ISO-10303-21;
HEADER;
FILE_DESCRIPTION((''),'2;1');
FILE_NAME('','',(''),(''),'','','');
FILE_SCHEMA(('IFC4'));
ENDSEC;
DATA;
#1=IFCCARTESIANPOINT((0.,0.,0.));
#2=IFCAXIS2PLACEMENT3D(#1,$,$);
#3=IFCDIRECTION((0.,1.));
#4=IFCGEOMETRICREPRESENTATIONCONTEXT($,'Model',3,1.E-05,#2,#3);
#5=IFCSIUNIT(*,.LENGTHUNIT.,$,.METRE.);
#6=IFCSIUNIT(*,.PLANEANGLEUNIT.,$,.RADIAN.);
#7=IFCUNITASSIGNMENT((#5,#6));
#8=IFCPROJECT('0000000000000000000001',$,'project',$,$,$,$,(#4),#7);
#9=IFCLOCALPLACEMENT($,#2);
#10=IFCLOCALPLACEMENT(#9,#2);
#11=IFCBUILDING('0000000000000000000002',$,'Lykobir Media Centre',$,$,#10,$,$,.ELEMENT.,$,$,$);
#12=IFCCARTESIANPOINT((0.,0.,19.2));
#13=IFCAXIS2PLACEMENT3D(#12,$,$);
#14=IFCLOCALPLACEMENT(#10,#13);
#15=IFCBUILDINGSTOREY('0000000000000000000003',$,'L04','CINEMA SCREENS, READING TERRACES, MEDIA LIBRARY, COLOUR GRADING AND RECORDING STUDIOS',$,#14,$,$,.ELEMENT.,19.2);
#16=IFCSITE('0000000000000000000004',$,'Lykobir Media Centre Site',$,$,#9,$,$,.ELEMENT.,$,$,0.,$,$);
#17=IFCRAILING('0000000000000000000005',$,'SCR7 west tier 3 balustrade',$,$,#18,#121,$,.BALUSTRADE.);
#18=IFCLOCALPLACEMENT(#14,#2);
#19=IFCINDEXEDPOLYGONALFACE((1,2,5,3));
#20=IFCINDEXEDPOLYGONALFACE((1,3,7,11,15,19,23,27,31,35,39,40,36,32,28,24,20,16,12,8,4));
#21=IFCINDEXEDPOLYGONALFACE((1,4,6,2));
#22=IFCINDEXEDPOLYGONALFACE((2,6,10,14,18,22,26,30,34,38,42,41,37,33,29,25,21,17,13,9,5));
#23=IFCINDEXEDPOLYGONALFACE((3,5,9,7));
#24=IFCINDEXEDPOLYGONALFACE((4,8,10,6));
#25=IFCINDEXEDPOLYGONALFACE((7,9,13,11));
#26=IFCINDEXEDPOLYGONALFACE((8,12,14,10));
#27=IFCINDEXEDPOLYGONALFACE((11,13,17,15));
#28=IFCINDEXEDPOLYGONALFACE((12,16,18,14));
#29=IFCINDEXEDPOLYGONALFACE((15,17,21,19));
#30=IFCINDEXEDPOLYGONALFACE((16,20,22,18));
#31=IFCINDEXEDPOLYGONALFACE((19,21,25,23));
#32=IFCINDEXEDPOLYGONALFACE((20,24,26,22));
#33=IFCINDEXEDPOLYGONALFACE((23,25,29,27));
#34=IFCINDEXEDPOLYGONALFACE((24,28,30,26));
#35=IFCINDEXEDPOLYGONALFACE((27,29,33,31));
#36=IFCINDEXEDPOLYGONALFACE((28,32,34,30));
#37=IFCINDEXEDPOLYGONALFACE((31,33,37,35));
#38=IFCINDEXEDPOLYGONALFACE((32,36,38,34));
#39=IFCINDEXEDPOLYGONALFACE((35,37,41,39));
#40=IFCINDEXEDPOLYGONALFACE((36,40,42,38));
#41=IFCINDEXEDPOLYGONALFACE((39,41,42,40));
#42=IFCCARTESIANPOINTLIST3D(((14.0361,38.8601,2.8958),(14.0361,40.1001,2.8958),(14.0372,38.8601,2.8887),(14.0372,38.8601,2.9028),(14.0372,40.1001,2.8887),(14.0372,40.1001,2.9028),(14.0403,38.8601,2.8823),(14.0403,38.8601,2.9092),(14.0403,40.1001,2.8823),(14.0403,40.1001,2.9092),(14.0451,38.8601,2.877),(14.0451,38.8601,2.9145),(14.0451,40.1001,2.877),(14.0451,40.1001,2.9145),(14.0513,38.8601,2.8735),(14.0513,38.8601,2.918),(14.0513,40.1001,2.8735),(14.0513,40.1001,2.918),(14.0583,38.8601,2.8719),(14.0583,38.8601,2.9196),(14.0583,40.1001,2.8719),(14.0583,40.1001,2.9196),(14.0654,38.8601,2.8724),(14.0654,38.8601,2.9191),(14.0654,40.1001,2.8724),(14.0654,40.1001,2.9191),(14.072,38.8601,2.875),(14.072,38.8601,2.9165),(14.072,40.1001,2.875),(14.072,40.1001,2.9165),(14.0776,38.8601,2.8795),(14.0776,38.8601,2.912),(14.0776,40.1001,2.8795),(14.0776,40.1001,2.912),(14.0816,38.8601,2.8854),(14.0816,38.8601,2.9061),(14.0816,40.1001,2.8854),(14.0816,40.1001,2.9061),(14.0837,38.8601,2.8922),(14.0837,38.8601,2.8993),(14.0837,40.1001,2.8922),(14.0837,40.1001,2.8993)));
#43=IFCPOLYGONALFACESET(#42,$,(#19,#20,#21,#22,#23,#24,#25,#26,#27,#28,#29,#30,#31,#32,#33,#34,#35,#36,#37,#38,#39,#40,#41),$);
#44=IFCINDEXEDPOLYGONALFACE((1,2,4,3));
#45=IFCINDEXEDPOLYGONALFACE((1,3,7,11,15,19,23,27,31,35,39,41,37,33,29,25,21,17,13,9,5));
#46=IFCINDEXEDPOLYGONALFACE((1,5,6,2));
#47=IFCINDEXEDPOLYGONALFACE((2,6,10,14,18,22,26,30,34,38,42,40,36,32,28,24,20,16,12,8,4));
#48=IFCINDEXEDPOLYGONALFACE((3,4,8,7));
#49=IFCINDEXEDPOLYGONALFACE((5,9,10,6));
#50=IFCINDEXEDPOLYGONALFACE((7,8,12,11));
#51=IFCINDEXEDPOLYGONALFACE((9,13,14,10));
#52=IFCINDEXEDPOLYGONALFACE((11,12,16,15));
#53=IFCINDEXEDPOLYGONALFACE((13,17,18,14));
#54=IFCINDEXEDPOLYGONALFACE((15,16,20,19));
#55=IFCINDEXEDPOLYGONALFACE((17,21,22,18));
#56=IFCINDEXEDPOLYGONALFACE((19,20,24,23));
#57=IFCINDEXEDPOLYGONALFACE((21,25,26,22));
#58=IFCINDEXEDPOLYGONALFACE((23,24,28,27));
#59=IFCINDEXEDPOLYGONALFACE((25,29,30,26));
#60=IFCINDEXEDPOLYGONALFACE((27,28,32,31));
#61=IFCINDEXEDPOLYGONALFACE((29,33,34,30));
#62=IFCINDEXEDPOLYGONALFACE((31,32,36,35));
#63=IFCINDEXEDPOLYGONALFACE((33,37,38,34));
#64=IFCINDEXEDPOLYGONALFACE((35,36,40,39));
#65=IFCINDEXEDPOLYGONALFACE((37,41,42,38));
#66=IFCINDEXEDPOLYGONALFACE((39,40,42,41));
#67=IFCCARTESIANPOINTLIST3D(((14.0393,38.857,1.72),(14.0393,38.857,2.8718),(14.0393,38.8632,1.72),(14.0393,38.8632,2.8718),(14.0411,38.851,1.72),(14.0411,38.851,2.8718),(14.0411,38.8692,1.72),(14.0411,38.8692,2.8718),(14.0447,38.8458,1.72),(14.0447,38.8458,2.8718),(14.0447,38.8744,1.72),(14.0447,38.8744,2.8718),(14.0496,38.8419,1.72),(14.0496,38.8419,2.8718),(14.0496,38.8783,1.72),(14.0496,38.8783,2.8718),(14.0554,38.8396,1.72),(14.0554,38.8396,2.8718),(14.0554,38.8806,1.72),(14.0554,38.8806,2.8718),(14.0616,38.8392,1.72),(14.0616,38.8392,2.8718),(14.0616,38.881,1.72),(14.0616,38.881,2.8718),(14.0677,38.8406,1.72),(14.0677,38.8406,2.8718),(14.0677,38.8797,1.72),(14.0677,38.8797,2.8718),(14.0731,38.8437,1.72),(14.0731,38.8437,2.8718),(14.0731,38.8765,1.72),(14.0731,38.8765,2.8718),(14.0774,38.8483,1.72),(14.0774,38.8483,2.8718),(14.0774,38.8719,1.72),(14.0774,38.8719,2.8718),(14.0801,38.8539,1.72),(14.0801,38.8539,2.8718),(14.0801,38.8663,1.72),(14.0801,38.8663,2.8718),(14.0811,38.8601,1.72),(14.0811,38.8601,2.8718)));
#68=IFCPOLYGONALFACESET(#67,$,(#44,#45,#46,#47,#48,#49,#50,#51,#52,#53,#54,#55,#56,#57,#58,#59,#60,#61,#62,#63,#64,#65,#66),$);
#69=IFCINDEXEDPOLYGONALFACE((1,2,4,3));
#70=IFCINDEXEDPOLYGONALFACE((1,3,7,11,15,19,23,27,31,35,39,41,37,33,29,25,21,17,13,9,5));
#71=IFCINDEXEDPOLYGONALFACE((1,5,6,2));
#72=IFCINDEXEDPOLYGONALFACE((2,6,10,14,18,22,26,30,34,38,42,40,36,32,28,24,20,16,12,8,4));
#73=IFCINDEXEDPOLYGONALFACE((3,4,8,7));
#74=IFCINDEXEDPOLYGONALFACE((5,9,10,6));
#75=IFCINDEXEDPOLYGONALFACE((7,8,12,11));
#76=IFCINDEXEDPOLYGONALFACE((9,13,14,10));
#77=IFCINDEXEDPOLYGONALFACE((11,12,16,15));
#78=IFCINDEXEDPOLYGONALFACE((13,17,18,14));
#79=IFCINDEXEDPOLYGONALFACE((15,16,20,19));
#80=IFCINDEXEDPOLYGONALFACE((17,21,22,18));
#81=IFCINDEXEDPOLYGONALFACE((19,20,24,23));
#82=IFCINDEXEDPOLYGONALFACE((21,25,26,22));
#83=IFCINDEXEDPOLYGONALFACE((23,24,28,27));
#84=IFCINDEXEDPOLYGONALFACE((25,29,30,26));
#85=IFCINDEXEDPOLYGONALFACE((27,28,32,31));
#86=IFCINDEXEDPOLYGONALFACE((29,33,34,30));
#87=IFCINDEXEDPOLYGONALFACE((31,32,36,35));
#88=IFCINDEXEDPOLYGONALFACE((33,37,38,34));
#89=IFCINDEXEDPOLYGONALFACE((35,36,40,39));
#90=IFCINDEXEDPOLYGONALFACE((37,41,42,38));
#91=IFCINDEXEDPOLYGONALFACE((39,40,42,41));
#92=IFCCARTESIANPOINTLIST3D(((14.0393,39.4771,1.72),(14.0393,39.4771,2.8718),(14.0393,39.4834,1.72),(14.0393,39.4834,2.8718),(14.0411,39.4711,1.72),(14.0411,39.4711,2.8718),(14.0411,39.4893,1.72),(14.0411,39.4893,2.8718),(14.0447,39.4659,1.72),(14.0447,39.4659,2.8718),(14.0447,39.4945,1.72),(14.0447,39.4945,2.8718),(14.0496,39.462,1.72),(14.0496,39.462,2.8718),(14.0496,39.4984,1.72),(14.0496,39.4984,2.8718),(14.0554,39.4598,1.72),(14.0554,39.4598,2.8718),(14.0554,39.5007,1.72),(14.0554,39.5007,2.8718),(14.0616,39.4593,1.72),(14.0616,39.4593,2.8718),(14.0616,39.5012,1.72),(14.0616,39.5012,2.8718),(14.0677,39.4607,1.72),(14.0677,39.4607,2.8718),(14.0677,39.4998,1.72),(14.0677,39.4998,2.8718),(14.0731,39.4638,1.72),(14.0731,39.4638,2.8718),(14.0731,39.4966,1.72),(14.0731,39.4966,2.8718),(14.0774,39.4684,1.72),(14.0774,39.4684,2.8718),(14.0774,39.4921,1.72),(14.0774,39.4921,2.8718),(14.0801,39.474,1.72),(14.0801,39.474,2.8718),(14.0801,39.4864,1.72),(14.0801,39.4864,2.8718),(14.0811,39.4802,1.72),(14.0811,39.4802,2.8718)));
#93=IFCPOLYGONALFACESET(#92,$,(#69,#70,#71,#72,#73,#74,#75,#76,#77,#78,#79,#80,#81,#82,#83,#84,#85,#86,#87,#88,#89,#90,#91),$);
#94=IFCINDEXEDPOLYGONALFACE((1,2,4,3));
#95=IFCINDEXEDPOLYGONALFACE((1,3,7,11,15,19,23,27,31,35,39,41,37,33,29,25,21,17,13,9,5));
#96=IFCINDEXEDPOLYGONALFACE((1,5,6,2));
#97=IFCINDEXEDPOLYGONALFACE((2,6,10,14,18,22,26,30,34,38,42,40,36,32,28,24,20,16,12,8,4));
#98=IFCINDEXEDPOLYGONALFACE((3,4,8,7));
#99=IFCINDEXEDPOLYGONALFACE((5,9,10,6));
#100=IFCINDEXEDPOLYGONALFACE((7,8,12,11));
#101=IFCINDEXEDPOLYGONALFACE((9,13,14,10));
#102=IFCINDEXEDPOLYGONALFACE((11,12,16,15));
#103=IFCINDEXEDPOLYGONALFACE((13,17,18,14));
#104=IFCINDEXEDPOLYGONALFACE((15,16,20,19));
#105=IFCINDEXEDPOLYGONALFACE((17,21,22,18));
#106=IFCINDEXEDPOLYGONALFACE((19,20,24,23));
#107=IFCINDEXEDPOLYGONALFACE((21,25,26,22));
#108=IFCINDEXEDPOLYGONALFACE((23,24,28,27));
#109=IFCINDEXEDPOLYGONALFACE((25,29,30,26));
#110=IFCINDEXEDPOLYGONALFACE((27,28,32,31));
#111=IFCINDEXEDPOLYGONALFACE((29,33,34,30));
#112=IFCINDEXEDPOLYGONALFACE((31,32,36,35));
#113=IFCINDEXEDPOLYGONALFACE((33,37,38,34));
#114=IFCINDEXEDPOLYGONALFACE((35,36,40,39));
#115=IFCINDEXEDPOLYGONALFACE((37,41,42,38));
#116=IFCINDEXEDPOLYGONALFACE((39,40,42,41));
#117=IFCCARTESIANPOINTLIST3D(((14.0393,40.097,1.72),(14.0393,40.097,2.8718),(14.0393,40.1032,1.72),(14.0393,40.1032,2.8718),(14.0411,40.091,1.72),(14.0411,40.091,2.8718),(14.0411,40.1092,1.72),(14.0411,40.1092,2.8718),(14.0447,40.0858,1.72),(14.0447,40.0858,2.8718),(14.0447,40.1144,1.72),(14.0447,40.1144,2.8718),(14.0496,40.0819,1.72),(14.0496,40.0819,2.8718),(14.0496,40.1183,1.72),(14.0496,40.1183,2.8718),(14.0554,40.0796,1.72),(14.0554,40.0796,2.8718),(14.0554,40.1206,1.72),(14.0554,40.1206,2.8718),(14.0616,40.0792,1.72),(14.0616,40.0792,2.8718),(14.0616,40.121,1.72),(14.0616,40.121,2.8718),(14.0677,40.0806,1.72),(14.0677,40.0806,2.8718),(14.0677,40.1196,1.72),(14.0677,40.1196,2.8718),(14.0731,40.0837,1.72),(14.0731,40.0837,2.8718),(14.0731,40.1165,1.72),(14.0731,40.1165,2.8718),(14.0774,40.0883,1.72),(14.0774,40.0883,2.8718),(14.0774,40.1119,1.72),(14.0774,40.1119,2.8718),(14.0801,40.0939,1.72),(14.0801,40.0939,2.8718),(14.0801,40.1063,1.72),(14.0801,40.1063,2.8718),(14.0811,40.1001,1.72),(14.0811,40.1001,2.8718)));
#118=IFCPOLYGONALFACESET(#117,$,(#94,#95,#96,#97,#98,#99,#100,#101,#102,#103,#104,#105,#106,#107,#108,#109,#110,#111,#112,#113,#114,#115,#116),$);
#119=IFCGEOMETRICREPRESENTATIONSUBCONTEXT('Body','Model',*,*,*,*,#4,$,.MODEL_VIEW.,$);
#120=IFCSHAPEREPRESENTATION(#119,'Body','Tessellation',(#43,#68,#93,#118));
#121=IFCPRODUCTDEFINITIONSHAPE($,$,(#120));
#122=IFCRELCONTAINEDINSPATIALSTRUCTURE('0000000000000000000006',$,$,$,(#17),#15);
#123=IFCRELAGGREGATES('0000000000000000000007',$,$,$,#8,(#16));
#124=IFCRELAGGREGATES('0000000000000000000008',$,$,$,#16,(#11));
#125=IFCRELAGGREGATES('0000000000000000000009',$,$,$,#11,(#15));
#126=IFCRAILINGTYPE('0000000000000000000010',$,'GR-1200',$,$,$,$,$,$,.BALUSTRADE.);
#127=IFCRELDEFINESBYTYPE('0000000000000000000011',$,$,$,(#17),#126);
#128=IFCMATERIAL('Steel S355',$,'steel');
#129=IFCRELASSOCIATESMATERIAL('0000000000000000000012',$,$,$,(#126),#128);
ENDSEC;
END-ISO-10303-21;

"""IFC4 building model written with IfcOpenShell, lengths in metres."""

from ifc_helpers import new_model, si_unit, direction, frame, origin, origin_2d, place, context, subcontext, project, spatial, circle, extrude, material, type_object, element, save


model = new_model("IFC4")

# Units and contexts
model_context = context("Model", 3, precision=1e-05, world=origin(), true_north=direction((0.0, 1.0)))
body_context = subcontext(model_context, "Body", "Model", "MODEL_VIEW")
ifc_project = project(units=[si_unit("LENGTHUNIT", "METRE"), si_unit("PLANEANGLEUNIT", "RADIAN")], contexts=[model_context])

# Site, building, storey
site_placement = place(None, origin())
site = spatial("IfcSite", under=ifc_project, at=site_placement, Name="Lykobir Media Centre Site", CompositionType="ELEMENT", RefElevation=0.0)
building_placement = place(site_placement, origin())
building = spatial("IfcBuilding", under=site, at=building_placement, Name="Lykobir Media Centre", CompositionType="ELEMENT")
storey_placement = place(building_placement, frame((0.0, 0.0, 19.2)))
storey = spatial("IfcBuildingStorey", under=building, at=storey_placement, Name="L04", Description="CINEMA SCREENS, READING TERRACES, MEDIA LIBRARY, COLOUR GRADING AND RECORDING STUDIOS", CompositionType="ELEMENT", Elevation=19.2)

# Shared definitions
ifc_material_1 = material(Name="Steel S355", Category="steel")

# Railing
railing_type = type_object("IfcRailingType", Name="GR-1200", PredefinedType="BALUSTRADE", material=ifc_material_1)
railing_1_placement = place(storey_placement, frame((14.0601, 38.8601, 1.72)))
element("IfcRailing", 1, at=railing_1_placement, inside=storey, type_object=railing_type, Name="SCR7 west tier 3 balustrade", PredefinedType="BALUSTRADE", context=body_context, shape_type="SweptSolid", body=[
    extrude(circle(Radius=0.0239, at=origin_2d()), frame((0.0, 0.0, 1.1758), z_axis=(0.0, 1.0, 0.0), x_axis=(-1.0, 0.0, 0.0)), (0.0, 0.0, 1.0), 1.24),
    extrude(circle(Radius=0.021, at=origin_2d()), origin(), (0.0, 0.0, 1.0), 1.1519),
    extrude(circle(Radius=0.021, at=origin_2d()), frame((0.0, 0.6201, 0.0)), (0.0, 0.0, 1.0), 1.1519),
    extrude(circle(Radius=0.021, at=origin_2d()), frame((0.0, 1.24, 0.0)), (0.0, 0.0, 1.0), 1.1519),
])

save(model, "model.ifc")
